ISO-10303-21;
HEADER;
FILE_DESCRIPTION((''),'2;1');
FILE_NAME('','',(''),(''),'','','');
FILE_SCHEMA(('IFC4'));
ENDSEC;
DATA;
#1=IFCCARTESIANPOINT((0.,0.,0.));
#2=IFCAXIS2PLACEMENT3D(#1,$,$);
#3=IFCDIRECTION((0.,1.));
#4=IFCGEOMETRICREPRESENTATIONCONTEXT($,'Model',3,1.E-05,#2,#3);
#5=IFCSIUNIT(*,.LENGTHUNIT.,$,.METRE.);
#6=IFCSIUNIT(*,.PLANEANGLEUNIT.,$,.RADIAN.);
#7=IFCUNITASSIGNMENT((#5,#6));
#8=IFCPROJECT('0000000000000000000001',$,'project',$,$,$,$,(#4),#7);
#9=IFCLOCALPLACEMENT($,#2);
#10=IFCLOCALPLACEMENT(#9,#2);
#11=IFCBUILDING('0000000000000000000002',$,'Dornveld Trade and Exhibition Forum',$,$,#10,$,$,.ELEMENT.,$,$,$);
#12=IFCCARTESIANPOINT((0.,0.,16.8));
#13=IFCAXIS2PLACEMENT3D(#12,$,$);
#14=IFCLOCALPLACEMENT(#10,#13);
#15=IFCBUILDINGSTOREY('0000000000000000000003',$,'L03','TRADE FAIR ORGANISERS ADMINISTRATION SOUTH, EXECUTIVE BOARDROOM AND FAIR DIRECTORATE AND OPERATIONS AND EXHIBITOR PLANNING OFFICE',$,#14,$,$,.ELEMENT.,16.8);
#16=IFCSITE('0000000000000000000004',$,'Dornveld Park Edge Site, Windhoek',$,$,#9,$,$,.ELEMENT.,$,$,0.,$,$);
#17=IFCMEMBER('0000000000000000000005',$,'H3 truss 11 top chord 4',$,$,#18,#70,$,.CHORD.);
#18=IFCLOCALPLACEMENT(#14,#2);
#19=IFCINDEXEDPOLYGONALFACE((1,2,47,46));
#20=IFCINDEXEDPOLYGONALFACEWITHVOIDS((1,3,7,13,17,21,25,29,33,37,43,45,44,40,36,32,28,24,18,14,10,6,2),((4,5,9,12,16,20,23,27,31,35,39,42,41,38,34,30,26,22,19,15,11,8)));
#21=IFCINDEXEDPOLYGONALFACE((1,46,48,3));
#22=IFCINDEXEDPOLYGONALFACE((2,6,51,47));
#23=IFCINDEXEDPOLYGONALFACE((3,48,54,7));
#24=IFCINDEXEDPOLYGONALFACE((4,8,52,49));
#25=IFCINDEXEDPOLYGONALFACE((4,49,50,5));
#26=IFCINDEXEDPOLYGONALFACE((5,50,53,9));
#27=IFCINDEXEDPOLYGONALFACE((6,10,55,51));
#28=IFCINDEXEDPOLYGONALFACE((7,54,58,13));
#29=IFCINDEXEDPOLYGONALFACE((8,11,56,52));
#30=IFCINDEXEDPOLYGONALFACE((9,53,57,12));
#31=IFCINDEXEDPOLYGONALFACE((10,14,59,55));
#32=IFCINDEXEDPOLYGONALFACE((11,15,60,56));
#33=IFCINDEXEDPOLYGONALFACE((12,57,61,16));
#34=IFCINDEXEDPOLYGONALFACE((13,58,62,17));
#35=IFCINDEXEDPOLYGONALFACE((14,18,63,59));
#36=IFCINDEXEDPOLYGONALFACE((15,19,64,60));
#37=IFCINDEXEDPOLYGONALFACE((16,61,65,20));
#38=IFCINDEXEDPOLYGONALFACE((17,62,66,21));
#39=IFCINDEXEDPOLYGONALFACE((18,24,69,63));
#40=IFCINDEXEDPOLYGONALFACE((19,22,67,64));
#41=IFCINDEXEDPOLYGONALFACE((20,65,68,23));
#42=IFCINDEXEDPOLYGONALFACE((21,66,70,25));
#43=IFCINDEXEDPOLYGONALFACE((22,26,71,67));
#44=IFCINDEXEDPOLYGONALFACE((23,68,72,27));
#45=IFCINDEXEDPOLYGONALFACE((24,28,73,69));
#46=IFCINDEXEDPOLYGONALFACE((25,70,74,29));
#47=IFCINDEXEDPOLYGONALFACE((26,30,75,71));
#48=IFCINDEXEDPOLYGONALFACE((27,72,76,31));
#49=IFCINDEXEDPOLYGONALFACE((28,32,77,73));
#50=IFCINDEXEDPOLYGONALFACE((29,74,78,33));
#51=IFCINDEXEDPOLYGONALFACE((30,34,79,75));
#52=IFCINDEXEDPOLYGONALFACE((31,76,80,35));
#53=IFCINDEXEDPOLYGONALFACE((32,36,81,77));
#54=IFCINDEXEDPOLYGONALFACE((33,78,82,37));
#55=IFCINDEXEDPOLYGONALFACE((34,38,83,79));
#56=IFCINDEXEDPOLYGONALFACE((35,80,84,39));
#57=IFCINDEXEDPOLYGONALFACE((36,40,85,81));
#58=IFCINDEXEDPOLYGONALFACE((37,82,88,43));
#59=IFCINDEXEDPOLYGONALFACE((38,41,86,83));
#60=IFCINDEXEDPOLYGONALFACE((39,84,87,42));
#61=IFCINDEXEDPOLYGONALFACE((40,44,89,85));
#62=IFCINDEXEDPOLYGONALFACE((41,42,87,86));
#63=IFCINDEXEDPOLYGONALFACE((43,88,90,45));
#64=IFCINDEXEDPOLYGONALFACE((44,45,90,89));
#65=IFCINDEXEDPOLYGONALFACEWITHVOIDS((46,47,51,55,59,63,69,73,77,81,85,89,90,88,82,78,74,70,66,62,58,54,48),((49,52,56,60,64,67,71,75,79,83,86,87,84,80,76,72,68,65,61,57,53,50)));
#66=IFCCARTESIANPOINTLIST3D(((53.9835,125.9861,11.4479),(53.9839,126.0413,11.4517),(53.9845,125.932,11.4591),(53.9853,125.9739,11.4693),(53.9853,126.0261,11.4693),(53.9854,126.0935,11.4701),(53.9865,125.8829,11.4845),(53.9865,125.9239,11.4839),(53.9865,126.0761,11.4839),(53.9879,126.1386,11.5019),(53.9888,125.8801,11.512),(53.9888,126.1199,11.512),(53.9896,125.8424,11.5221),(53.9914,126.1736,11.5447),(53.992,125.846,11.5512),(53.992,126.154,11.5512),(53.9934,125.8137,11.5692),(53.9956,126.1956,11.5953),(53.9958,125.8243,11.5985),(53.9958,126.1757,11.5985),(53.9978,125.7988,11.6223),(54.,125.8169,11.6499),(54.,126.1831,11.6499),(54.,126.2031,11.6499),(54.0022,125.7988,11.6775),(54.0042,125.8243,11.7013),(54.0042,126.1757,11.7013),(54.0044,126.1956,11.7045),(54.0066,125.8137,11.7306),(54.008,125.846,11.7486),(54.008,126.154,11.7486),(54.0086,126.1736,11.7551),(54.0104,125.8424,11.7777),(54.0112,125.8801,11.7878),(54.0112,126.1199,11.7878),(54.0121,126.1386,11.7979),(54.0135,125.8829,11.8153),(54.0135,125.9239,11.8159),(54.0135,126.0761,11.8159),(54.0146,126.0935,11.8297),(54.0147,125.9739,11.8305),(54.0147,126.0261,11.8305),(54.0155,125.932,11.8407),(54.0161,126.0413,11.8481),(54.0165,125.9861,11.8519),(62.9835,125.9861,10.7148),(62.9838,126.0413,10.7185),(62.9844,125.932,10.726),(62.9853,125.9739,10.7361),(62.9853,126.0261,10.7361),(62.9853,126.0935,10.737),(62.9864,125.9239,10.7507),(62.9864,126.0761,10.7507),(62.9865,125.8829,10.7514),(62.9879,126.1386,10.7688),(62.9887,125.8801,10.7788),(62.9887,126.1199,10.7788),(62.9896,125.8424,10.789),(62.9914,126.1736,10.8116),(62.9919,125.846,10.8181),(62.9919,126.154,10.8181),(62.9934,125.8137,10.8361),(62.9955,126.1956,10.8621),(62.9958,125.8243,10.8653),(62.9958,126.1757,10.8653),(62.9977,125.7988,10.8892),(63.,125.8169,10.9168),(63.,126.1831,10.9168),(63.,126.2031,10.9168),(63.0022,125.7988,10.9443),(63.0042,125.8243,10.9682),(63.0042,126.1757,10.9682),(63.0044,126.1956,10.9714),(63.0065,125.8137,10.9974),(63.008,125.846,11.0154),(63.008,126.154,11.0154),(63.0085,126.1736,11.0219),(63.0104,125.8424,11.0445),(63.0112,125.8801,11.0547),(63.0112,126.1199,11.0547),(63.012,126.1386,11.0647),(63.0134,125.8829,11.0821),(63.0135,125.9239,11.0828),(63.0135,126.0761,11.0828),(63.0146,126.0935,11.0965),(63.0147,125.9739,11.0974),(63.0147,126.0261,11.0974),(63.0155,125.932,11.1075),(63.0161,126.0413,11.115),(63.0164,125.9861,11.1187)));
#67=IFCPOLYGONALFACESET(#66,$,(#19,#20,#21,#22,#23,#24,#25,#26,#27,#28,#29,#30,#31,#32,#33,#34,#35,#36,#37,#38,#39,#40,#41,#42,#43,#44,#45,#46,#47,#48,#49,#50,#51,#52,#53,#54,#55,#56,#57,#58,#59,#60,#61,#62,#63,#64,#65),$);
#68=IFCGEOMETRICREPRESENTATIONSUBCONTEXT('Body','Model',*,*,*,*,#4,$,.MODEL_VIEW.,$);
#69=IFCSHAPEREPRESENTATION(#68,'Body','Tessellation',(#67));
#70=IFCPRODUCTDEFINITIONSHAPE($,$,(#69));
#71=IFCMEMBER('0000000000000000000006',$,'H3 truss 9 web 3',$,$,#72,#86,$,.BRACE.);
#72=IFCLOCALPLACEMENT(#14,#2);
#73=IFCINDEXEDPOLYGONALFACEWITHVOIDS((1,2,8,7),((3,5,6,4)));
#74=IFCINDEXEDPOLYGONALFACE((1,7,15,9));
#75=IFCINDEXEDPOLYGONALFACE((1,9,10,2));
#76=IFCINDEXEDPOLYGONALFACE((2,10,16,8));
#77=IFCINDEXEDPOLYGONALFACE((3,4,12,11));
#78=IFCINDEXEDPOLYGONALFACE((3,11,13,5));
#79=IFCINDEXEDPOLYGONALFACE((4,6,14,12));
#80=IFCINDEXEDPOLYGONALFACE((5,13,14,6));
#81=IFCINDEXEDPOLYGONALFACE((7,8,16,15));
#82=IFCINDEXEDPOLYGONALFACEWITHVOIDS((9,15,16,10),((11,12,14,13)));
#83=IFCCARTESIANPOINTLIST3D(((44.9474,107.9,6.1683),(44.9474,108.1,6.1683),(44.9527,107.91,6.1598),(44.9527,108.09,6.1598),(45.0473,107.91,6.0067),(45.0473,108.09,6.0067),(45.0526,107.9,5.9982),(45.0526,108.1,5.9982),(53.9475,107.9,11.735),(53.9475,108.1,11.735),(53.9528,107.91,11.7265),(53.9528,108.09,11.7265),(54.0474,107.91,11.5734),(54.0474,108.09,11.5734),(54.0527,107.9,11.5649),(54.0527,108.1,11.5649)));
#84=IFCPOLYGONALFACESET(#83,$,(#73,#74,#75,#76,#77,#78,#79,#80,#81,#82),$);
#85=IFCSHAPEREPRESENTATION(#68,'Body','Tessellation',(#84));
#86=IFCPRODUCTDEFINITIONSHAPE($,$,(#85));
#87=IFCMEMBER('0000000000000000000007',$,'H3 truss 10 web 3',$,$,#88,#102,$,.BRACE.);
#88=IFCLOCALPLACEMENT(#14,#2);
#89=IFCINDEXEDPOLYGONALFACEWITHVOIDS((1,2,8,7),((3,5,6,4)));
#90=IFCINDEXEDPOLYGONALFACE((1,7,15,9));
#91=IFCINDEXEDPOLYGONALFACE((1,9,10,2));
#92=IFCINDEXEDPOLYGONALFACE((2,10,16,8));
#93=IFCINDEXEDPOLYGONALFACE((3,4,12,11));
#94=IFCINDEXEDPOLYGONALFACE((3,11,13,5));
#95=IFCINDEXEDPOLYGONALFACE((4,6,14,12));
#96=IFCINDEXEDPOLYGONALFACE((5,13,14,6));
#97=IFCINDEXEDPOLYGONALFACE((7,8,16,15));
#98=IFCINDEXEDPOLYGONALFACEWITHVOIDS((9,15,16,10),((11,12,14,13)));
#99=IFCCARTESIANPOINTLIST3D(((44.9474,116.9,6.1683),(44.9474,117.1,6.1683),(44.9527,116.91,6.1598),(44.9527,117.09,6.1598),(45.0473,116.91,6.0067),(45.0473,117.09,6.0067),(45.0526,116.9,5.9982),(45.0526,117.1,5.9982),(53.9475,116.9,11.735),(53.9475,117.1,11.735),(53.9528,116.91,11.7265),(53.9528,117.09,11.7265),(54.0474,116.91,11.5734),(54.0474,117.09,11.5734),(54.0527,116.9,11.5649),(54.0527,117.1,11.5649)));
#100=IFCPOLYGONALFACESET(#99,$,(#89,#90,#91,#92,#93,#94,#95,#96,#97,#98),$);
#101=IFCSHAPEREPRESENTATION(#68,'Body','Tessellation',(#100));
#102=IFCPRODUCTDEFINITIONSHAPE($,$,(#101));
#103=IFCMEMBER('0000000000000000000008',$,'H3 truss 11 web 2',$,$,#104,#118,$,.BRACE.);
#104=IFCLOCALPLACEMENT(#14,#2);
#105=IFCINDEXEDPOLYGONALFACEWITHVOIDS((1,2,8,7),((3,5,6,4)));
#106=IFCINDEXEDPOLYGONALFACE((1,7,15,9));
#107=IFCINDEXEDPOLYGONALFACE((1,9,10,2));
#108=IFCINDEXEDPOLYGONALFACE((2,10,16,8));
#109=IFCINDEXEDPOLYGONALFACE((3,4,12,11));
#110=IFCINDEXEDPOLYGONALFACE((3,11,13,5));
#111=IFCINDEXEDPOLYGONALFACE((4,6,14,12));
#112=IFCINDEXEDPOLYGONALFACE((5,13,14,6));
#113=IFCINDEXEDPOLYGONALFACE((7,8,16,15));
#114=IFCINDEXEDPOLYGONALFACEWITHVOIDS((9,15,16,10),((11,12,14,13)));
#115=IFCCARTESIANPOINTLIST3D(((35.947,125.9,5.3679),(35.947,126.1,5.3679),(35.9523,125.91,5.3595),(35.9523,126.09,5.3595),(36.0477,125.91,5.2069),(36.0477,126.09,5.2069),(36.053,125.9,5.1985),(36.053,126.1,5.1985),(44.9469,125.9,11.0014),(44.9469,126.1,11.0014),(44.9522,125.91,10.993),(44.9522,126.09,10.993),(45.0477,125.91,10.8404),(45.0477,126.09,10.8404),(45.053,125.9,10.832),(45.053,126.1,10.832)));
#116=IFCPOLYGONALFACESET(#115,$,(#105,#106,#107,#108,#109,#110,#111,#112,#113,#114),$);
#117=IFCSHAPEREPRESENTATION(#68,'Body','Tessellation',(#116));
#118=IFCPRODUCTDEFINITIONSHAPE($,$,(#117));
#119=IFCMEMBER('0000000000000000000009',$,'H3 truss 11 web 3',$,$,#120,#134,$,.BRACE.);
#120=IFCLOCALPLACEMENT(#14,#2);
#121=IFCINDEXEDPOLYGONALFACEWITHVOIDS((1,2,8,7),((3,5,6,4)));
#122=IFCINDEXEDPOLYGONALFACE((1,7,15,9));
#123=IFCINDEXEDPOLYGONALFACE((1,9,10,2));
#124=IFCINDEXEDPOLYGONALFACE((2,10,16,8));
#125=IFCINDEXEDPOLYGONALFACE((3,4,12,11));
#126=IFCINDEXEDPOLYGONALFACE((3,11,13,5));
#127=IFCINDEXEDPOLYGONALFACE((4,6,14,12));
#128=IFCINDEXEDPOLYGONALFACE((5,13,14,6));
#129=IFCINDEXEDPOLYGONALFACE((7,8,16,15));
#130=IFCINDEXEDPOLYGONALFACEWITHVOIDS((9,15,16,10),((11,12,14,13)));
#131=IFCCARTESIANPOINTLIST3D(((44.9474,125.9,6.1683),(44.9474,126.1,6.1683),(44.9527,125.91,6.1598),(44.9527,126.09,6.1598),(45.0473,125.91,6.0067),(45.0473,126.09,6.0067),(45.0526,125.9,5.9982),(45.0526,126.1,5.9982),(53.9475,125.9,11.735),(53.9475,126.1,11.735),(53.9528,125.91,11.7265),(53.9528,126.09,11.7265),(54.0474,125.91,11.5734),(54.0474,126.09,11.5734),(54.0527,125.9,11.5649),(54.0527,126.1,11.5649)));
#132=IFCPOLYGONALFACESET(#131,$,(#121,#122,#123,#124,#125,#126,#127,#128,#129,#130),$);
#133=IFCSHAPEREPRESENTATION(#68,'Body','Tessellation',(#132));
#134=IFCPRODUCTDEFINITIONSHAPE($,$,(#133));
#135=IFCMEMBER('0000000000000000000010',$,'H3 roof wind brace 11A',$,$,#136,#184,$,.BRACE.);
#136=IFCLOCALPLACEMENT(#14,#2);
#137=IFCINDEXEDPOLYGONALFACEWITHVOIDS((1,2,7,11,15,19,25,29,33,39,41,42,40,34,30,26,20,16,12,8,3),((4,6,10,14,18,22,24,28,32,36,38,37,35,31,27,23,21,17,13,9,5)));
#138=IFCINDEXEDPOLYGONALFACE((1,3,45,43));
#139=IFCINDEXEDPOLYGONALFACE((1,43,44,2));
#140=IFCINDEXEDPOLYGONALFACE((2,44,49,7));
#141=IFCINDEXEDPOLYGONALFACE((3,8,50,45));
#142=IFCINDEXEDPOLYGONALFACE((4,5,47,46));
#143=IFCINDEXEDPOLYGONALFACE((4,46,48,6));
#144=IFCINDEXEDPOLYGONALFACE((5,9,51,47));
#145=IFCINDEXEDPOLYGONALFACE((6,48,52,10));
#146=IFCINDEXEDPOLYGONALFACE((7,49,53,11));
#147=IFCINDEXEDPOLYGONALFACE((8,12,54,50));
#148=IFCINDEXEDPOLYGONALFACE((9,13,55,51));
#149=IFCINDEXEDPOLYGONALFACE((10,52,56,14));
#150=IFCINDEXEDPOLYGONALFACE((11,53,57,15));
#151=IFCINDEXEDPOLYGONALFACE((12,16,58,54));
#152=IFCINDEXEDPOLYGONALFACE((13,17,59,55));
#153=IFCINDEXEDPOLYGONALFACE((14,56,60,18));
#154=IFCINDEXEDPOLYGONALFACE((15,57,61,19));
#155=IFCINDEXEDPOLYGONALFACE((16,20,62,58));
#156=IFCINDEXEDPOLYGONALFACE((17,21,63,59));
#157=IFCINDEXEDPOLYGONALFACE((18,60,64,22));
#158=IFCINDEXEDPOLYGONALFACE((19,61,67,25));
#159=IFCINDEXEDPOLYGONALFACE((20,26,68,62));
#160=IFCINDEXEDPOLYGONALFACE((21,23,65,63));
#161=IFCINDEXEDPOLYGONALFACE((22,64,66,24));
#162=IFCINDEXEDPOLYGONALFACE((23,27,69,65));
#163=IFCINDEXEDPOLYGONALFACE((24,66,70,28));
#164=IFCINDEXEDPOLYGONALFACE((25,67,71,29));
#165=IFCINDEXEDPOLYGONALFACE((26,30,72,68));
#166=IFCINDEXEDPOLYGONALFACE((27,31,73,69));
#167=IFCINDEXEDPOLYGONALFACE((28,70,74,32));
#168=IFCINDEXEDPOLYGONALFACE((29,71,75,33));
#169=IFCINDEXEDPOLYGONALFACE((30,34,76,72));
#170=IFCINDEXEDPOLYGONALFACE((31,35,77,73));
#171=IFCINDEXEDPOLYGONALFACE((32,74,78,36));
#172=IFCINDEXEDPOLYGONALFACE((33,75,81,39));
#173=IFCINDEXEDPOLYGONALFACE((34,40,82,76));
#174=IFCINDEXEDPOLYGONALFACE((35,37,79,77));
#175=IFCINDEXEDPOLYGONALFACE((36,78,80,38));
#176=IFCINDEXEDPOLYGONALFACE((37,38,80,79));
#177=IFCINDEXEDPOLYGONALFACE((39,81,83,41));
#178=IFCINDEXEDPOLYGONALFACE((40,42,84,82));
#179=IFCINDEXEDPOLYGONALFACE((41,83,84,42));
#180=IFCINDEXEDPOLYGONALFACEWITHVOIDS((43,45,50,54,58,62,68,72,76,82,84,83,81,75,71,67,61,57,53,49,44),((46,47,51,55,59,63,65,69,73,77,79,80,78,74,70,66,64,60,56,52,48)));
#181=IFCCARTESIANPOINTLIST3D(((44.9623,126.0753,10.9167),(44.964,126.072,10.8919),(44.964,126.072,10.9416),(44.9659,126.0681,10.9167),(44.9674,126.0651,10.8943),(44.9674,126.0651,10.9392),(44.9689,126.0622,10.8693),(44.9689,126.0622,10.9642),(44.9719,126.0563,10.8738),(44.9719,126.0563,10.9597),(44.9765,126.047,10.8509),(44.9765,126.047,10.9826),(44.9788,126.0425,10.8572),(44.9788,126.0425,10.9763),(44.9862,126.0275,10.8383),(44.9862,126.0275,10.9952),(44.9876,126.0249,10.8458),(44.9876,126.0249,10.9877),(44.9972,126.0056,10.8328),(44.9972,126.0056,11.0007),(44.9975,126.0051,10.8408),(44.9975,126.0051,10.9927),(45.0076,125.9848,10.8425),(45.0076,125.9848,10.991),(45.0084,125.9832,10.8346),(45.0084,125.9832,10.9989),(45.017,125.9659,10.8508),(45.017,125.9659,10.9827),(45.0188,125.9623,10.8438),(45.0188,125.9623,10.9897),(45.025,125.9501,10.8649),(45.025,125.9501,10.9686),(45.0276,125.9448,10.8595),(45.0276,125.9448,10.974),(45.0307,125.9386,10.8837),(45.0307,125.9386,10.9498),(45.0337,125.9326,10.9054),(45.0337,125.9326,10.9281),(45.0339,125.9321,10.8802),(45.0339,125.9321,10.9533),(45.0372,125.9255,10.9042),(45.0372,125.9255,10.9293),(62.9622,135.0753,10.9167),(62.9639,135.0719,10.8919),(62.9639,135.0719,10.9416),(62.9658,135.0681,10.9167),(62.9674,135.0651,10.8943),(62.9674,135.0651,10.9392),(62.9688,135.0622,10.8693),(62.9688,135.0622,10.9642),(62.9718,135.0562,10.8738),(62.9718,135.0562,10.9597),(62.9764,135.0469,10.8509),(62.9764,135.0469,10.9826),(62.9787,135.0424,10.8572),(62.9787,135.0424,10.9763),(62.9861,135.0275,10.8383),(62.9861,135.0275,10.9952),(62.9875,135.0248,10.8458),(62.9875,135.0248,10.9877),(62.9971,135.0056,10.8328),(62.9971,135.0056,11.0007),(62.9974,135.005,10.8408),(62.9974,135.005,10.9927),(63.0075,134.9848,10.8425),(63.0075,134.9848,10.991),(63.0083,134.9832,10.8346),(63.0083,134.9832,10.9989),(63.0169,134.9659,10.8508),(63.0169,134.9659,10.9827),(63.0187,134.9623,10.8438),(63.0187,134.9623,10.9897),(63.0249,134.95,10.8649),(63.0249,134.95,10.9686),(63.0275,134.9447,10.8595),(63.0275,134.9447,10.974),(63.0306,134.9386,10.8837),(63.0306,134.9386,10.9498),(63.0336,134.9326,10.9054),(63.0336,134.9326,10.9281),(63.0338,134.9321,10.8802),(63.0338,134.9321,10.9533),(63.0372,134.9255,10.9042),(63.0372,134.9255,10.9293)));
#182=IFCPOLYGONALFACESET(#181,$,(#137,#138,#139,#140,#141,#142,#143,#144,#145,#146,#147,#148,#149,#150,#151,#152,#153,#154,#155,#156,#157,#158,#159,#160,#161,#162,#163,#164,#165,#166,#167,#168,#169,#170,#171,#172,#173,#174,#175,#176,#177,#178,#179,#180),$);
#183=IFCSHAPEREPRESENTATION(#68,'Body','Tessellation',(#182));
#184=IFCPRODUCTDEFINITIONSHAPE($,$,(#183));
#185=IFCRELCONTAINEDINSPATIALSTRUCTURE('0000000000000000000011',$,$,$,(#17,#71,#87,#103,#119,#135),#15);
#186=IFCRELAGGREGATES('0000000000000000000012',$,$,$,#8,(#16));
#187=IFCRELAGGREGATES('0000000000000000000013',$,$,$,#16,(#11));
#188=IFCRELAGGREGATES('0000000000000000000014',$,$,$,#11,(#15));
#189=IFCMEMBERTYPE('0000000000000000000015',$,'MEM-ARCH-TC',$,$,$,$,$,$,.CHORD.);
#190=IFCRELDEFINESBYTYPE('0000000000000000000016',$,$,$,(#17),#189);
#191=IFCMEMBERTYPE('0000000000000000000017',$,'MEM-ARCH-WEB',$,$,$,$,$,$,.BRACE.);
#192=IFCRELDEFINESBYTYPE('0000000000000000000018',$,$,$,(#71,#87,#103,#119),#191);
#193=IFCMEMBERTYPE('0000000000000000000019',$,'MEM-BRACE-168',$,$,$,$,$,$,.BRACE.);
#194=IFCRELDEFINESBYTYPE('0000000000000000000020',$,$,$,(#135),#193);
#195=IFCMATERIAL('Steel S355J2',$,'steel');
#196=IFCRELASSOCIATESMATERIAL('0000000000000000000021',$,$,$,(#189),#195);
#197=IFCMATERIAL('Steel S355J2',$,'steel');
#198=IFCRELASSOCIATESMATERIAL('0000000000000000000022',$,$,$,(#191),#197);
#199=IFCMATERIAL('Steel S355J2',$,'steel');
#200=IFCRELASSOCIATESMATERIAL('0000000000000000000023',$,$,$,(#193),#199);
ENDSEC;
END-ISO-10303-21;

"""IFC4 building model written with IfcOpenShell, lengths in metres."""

from ifc_helpers import new_model, si_unit, direction, frame, origin, origin_2d, place, context, subcontext, project, spatial, hollow_rectangle, hollow_circle, extrude, material, material_profile, profile_set, type_object, element, save


model = new_model("IFC4")

# Units and contexts
model_context = context("Model", 3, precision=1e-05, world=origin(), true_north=direction((0.0, 1.0)))
body_context = subcontext(model_context, "Body", "Model", "MODEL_VIEW")
ifc_project = project(units=[si_unit("LENGTHUNIT", "METRE"), si_unit("PLANEANGLEUNIT", "RADIAN")], contexts=[model_context])

# Site, building, storey
site_placement = place(None, origin())
site = spatial("IfcSite", under=ifc_project, at=site_placement, Name="Dornveld Park Edge Site, Windhoek", CompositionType="ELEMENT", RefElevation=0.0)
building_placement = place(site_placement, origin())
building = spatial("IfcBuilding", under=site, at=building_placement, Name="Dornveld Trade and Exhibition Forum", CompositionType="ELEMENT")
storey_placement = place(building_placement, frame((0.0, 0.0, 16.8)))
storey = spatial("IfcBuildingStorey", under=building, at=storey_placement, Name="L03", Description="TRADE FAIR ORGANISERS ADMINISTRATION SOUTH, EXECUTIVE BOARDROOM AND FAIR DIRECTORATE AND OPERATIONS AND EXHIBITOR PLANNING OFFICE", CompositionType="ELEMENT", Elevation=16.8)

# Members
ifc_material_1 = material(Name="Steel S355J2", Category="steel")
ifc_material_profile_1 = material_profile(ifc_material_1, hollow_circle(Radius=0.2031, WallThickness=0.02, at=origin_2d()), Name="CHS 406.4x20")
ifc_profile_set_1 = profile_set([ifc_material_profile_1], Name="Steel S355J2")
member_type_1 = type_object("IfcMemberType", Name="MEM-ARCH-TC", PredefinedType="CHORD", material=ifc_profile_set_1)
for number, where, z_axis, x_axis, name in (
    (1, (54.0, 126.0, 11.6499), (0.996698, 0.0, -0.081193), (0.0, 1.0, 0.0), "H3 truss 11 top chord 4"),
):
    element("IfcMember", number, at=place(storey_placement, frame(where, z_axis=z_axis, x_axis=x_axis)), inside=storey, type_object=member_type_1, Name=name, PredefinedType="CHORD", context=body_context, shape_type="SweptSolid", body=[
        extrude(hollow_circle(Radius=0.2031, WallThickness=0.02, at=origin_2d()), origin(), (0.0, 0.0, 1.0), 9.0298),
    ])
ifc_material_2 = material(Name="Steel S355J2", Category="steel")
ifc_material_profile_2 = material_profile(ifc_material_2, hollow_rectangle(XDim=0.2, YDim=0.2, WallThickness=0.01, at=origin_2d()), Name="SHS 200x200x10")
ifc_profile_set_2 = profile_set([ifc_material_profile_2], Name="Steel S355J2")
member_type_2 = type_object("IfcMemberType", Name="MEM-ARCH-WEB", PredefinedType="BRACE", material=ifc_profile_set_2)
for number, where, z_axis, x_axis, name in (
    (2, (45.0, 108.0, 6.0833), (0.850467, 0.0, 0.526028), (0.0, 1.0, 0.0), "H3 truss 9 web 3"),
    (3, (45.0, 117.0, 6.0833), (0.850467, 0.0, 0.526028), (0.0, 1.0, 0.0), "H3 truss 10 web 3"),
):
    element("IfcMember", number, at=place(storey_placement, frame(where, z_axis=z_axis, x_axis=x_axis)), inside=storey, type_object=member_type_2, Name=name, PredefinedType="BRACE", context=body_context, shape_type="SweptSolid", body=[
        extrude(hollow_rectangle(XDim=0.2, YDim=0.2, WallThickness=0.01, at=origin_2d()), origin(), (0.0, 0.0, 1.0), 10.5825),
    ])
member_1_placement = place(storey_placement, frame((36.0, 126.0, 5.2832), z_axis=(0.847636, 0.0, 0.530578), x_axis=(0.0, 1.0, 0.0)))
element("IfcMember", 4, at=member_1_placement, inside=storey, type_object=member_type_2, Name="H3 truss 11 web 2", PredefinedType="BRACE", context=body_context, shape_type="SweptSolid", body=[
    extrude(hollow_rectangle(XDim=0.2, YDim=0.2, WallThickness=0.01, at=origin_2d()), origin(), (0.0, 0.0, 1.0), 10.6177),
])
member_2_placement = place(storey_placement, frame((45.0, 126.0, 6.0833), z_axis=(0.850467, 0.0, 0.526028), x_axis=(0.0, 1.0, 0.0)))
element("IfcMember", 5, at=member_2_placement, inside=storey, type_object=member_type_2, Name="H3 truss 11 web 3", PredefinedType="BRACE", context=body_context, shape_type="SweptSolid", body=[
    extrude(hollow_rectangle(XDim=0.2, YDim=0.2, WallThickness=0.01, at=origin_2d()), origin(), (0.0, 0.0, 1.0), 10.5825),
])
ifc_material_3 = material(Name="Steel S355J2", Category="steel")
ifc_material_profile_3 = material_profile(ifc_material_3, hollow_circle(Radius=0.0842, WallThickness=0.0081, at=origin_2d()), Name="CHS 168.3x8")
ifc_profile_set_3 = profile_set([ifc_material_profile_3], Name="Steel S355J2")
member_type_3 = type_object("IfcMemberType", Name="MEM-BRACE-168", PredefinedType="BRACE", material=ifc_profile_set_3)
member_3_placement = place(storey_placement, frame((45.0, 126.0, 10.9167), z_axis=(0.894427, 0.447214, 0.0), x_axis=(-0.447214, 0.894427, 0.0)))
element("IfcMember", 6, at=member_3_placement, inside=storey, type_object=member_type_3, Name="H3 roof wind brace 11A", PredefinedType="BRACE", context=body_context, shape_type="SweptSolid", body=[
    extrude(hollow_circle(Radius=0.0842, WallThickness=0.0081, at=origin_2d()), origin(), (0.0, 0.0, 1.0), 20.1245),
])

save(model, "model.ifc")
